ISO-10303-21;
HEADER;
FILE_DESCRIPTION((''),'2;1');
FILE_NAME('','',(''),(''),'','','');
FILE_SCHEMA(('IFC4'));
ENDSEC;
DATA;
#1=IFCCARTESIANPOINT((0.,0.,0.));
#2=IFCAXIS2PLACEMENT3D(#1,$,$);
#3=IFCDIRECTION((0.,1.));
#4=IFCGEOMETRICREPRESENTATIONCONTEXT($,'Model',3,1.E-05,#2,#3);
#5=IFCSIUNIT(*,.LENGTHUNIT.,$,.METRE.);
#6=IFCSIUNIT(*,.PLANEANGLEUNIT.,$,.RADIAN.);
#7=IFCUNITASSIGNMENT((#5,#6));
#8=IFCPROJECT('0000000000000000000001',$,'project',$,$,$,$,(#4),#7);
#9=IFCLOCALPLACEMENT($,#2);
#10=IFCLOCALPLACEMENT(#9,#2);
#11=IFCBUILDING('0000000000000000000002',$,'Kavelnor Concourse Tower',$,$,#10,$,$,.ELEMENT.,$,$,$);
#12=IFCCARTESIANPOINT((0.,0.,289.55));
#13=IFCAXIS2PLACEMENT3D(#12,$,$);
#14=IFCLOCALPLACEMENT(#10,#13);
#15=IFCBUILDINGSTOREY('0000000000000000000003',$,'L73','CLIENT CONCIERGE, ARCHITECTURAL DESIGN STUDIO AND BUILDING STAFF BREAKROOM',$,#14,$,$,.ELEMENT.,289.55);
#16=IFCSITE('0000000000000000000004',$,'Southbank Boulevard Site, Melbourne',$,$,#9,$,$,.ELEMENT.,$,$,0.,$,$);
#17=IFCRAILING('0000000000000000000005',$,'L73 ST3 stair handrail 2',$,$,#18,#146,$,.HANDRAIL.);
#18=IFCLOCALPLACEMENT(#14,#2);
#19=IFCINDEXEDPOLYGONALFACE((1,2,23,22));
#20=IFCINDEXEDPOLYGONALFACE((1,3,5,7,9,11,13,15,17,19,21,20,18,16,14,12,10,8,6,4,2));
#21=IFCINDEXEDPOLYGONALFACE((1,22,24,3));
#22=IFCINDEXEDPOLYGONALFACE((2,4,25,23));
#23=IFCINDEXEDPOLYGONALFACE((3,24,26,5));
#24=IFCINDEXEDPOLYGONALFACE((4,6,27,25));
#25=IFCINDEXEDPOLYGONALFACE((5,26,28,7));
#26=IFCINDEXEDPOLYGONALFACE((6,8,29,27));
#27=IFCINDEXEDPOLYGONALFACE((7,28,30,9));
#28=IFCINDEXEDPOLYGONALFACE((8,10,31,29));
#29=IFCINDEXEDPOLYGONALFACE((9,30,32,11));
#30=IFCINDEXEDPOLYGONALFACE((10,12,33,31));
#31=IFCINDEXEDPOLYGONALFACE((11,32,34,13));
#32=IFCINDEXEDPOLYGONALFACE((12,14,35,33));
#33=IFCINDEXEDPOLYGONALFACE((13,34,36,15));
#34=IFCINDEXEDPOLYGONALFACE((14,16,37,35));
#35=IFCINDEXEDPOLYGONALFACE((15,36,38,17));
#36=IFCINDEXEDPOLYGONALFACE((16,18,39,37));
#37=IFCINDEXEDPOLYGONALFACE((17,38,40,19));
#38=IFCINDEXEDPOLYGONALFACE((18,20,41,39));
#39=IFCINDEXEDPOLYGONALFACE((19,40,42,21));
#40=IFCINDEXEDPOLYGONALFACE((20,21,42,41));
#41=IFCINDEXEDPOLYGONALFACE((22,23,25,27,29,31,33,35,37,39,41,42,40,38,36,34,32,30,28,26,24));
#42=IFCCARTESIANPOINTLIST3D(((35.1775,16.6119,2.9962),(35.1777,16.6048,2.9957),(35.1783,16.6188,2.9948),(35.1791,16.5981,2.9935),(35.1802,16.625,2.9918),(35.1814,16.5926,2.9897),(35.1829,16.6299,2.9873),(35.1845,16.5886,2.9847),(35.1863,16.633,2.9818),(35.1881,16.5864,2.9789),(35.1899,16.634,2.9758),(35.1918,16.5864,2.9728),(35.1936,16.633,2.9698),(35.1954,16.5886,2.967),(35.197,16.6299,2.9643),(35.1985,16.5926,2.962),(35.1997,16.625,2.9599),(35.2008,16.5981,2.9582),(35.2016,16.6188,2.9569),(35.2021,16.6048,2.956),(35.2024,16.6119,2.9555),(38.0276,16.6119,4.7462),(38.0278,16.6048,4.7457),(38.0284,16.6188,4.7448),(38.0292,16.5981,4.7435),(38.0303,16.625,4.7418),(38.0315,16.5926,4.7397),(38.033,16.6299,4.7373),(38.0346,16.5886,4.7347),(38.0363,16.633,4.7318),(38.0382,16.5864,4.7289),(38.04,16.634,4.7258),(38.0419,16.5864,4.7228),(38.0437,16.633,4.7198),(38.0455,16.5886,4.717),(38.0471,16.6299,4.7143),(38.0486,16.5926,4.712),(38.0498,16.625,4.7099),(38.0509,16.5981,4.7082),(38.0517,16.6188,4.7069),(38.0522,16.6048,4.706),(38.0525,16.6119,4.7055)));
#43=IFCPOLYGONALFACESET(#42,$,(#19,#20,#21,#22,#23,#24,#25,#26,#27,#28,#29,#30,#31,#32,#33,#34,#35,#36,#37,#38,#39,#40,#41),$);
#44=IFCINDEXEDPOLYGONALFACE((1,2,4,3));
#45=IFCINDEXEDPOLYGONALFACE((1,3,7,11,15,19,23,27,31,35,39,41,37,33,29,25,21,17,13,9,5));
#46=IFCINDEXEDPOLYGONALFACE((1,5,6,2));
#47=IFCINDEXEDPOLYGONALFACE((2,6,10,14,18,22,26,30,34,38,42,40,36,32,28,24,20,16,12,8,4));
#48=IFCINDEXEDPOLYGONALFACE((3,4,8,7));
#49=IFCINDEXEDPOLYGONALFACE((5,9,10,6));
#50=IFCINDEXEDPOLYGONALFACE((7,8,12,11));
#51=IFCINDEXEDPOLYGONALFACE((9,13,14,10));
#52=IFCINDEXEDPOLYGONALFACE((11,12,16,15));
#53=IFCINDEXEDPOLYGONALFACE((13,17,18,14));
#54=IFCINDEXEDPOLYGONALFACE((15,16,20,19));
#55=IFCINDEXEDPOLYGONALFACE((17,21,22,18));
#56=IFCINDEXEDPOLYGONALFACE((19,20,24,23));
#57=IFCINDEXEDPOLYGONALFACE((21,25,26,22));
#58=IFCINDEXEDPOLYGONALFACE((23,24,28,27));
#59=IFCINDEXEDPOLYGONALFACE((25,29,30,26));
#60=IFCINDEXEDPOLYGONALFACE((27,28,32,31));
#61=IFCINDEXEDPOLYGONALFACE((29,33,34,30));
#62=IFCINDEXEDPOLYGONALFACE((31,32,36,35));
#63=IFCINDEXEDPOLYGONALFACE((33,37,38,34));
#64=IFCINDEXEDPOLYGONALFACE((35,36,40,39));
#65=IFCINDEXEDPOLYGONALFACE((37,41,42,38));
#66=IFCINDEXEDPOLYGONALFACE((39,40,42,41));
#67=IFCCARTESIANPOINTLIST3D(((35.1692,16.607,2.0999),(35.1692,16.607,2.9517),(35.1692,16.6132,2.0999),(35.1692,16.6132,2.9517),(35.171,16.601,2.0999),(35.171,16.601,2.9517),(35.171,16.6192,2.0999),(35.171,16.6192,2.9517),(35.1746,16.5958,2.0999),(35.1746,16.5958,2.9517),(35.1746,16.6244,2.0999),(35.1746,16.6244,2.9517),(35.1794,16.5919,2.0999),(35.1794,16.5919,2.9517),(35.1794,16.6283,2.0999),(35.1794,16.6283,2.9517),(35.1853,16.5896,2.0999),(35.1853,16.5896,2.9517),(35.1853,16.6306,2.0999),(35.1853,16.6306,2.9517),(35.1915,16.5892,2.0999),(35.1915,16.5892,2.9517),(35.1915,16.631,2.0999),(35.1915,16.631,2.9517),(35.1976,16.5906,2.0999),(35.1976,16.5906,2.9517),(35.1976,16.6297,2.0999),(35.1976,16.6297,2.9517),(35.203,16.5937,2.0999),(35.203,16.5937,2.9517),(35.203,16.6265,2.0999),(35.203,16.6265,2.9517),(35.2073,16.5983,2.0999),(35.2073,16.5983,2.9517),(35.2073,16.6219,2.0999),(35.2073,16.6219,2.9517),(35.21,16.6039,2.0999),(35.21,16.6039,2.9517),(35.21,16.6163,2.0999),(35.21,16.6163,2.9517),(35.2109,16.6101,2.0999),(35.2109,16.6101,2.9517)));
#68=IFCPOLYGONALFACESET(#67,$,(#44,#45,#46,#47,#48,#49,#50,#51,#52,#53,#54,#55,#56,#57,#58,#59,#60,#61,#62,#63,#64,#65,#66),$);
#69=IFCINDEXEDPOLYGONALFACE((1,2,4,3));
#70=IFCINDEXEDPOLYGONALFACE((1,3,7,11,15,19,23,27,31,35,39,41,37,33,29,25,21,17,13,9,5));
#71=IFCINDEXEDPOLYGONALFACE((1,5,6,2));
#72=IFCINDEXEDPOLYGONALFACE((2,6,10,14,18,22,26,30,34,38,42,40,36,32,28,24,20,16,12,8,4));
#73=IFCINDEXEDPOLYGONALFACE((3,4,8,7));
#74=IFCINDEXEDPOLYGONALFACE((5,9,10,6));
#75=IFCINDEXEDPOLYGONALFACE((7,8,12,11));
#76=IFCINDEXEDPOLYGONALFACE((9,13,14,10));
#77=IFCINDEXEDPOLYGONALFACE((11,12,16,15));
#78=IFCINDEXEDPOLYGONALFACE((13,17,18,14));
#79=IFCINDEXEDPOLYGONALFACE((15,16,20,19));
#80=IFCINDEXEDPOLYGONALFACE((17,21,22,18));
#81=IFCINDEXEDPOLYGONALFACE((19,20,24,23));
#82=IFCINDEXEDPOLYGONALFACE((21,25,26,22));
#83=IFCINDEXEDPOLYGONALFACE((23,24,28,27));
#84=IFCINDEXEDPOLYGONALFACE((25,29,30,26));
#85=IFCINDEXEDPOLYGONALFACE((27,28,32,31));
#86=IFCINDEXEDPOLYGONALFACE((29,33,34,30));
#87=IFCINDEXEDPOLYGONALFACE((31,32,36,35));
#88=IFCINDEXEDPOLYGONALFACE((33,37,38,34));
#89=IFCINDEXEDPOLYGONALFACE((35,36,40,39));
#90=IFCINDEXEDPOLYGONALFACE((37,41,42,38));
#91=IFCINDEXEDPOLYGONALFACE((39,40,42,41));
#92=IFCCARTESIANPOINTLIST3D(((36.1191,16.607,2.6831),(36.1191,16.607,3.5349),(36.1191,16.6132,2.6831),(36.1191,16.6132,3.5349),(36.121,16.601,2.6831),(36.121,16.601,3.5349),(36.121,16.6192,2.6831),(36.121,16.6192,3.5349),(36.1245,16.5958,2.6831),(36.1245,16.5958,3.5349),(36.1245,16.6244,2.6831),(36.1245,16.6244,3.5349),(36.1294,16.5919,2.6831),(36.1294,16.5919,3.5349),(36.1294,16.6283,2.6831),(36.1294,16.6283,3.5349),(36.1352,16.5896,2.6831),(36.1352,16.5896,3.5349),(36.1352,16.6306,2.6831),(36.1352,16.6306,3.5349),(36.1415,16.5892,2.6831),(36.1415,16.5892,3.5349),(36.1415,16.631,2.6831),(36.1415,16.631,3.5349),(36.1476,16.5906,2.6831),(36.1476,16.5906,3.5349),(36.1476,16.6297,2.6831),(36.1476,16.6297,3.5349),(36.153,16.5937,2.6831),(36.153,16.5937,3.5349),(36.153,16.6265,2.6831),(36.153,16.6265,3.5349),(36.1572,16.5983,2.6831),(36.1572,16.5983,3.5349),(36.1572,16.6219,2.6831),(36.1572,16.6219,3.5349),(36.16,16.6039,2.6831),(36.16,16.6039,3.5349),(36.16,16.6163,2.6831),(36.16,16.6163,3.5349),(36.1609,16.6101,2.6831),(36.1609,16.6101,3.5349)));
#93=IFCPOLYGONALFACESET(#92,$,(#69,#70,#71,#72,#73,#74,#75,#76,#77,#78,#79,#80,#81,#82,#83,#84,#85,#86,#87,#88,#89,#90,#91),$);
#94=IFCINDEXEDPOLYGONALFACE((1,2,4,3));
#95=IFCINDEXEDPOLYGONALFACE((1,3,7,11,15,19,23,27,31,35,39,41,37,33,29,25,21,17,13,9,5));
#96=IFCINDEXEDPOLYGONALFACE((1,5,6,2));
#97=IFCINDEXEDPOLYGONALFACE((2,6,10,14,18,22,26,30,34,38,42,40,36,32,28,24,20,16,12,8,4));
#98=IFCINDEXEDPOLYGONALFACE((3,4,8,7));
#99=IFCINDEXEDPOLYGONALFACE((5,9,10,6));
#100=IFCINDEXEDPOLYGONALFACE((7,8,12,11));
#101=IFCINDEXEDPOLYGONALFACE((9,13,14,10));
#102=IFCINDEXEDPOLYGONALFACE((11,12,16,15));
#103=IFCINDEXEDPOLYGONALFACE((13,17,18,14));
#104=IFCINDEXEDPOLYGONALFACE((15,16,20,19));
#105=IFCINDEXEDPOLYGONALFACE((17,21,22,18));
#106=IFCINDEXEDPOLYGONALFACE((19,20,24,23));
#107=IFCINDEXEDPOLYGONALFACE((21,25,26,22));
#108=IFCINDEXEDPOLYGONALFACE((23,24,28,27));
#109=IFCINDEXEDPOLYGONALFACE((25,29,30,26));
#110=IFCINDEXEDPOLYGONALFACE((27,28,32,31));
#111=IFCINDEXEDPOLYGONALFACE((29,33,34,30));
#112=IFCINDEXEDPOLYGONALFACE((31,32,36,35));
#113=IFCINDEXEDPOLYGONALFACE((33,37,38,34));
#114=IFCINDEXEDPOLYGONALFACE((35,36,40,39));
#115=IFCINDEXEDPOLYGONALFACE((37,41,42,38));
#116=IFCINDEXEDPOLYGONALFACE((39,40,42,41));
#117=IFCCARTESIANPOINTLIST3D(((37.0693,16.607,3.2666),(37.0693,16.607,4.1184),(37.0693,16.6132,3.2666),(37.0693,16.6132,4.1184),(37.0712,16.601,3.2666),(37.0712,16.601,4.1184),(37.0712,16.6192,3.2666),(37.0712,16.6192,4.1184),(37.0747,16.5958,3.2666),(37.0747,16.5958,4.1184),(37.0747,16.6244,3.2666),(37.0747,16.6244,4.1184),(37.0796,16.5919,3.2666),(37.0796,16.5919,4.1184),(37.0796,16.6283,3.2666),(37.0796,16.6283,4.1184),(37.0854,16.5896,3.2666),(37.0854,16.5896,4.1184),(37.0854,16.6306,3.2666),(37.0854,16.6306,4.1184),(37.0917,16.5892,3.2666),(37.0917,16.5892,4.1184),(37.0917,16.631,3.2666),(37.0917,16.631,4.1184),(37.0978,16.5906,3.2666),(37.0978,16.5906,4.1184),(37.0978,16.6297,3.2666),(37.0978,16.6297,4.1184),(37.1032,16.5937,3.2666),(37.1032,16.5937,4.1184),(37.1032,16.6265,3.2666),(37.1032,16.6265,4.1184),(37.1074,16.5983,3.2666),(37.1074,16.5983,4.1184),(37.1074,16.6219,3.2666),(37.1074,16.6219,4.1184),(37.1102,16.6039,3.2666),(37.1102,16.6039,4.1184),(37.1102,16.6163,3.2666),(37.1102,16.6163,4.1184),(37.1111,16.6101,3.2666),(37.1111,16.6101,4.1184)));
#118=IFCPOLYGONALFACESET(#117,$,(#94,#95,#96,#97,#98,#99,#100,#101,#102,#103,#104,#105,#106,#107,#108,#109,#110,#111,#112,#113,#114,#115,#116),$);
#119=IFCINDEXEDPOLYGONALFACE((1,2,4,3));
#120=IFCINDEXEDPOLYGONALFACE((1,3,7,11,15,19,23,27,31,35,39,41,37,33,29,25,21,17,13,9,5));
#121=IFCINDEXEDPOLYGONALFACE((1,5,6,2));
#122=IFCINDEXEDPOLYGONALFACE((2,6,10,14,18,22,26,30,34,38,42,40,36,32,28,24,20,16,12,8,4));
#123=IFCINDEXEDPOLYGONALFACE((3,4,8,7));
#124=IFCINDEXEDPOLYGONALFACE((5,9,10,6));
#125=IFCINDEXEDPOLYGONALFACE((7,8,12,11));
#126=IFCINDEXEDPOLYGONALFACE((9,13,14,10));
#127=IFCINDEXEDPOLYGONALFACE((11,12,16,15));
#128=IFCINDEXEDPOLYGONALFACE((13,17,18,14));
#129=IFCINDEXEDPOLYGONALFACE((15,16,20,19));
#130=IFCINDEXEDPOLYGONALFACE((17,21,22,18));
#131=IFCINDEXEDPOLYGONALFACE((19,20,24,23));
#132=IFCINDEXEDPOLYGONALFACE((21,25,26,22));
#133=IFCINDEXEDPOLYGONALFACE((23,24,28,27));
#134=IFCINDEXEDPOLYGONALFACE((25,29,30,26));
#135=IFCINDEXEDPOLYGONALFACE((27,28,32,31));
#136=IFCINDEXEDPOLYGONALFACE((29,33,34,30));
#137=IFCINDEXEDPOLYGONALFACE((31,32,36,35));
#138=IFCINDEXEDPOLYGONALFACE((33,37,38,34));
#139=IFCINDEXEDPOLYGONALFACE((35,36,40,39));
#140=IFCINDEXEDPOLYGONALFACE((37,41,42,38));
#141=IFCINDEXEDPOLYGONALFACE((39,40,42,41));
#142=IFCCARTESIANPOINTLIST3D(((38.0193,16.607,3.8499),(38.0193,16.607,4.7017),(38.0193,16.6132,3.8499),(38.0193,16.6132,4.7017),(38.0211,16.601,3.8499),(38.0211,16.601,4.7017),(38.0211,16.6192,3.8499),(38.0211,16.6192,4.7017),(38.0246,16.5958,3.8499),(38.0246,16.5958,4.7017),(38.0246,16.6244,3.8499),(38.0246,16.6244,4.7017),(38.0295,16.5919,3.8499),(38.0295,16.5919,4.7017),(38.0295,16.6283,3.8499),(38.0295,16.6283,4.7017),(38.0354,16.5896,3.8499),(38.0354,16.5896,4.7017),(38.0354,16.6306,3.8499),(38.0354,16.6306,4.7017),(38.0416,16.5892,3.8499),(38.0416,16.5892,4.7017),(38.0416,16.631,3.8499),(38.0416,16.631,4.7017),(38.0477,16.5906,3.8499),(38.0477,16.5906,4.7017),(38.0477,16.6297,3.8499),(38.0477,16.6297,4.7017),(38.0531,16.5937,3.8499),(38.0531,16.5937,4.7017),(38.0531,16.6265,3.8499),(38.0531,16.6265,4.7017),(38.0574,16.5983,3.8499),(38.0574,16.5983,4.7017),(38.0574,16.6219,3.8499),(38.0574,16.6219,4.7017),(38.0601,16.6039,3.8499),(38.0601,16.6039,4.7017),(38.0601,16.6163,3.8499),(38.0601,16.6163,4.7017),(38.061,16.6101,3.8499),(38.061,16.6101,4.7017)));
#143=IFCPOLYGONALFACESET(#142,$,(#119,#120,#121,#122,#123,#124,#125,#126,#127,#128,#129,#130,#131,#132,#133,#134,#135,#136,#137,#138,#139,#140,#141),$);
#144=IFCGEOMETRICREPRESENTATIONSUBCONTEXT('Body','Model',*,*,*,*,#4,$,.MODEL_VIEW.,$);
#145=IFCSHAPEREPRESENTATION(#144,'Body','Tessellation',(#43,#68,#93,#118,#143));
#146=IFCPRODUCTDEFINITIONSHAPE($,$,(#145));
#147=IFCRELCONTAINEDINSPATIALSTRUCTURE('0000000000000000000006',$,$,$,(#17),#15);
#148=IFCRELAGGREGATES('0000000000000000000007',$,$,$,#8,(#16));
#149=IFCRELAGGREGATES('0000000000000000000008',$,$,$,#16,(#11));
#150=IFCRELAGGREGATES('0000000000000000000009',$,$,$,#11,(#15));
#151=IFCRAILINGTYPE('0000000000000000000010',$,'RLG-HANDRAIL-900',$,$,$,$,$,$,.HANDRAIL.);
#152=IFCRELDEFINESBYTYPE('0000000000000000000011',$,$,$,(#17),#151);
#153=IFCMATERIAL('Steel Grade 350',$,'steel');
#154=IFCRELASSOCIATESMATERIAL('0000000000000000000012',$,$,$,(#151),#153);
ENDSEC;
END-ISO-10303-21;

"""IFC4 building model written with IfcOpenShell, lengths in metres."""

from ifc_helpers import new_model, si_unit, direction, frame, origin, origin_2d, place, context, subcontext, project, spatial, circle, extrude, material, type_object, element, save


model = new_model("IFC4")

# Units and contexts
model_context = context("Model", 3, precision=1e-05, world=origin(), true_north=direction((0.0, 1.0)))
body_context = subcontext(model_context, "Body", "Model", "MODEL_VIEW")
ifc_project = project(units=[si_unit("LENGTHUNIT", "METRE"), si_unit("PLANEANGLEUNIT", "RADIAN")], contexts=[model_context])

# Site, building, storey
site_placement = place(None, origin())
site = spatial("IfcSite", under=ifc_project, at=site_placement, Name="Southbank Boulevard Site, Melbourne", CompositionType="ELEMENT", RefElevation=0.0)
building_placement = place(site_placement, origin())
building = spatial("IfcBuilding", under=site, at=building_placement, Name="Kavelnor Concourse Tower", CompositionType="ELEMENT")
storey_placement = place(building_placement, frame((0.0, 0.0, 289.55)))
storey = spatial("IfcBuildingStorey", under=building, at=storey_placement, Name="L73", Description="CLIENT CONCIERGE, ARCHITECTURAL DESIGN STUDIO AND BUILDING STAFF BREAKROOM", CompositionType="ELEMENT", Elevation=289.55)

# Shared definitions
ifc_material_1 = material(Name="Steel Grade 350", Category="steel")

# Railing
railing_type_1 = type_object("IfcRailingType", Name="RLG-HANDRAIL-900", PredefinedType="HANDRAIL", material=ifc_material_1)
railing_1_placement = place(storey_placement, frame((35.1899, 16.6101, 2.0999)))
element("IfcRailing", 1, at=railing_1_placement, inside=storey, type_object=railing_type_1, Name="L73 ST3 stair handrail 2", PredefinedType="HANDRAIL", context=body_context, shape_type="SweptSolid", body=[
    extrude(circle(Radius=0.0239, at=origin_2d()), frame((0.0, 0.0, 0.876), z_axis=(0.852179, 0.0, 0.52325), x_axis=(0.0, 1.0, 0.0)), (0.0, 0.0, 1.0), 3.3445),
    extrude(circle(Radius=0.021, at=origin_2d()), origin(), (0.0, 0.0, 1.0), 0.8518),
    extrude(circle(Radius=0.021, at=origin_2d()), frame((0.95, 0.0, 0.5833)), (0.0, 0.0, 1.0), 0.8518),
    extrude(circle(Radius=0.021, at=origin_2d()), frame((1.9001, 0.0, 1.1667)), (0.0, 0.0, 1.0), 0.8518),
    extrude(circle(Radius=0.021, at=origin_2d()), frame((2.8501, 0.0, 1.75)), (0.0, 0.0, 1.0), 0.8518),
])

save(model, "model.ifc")
